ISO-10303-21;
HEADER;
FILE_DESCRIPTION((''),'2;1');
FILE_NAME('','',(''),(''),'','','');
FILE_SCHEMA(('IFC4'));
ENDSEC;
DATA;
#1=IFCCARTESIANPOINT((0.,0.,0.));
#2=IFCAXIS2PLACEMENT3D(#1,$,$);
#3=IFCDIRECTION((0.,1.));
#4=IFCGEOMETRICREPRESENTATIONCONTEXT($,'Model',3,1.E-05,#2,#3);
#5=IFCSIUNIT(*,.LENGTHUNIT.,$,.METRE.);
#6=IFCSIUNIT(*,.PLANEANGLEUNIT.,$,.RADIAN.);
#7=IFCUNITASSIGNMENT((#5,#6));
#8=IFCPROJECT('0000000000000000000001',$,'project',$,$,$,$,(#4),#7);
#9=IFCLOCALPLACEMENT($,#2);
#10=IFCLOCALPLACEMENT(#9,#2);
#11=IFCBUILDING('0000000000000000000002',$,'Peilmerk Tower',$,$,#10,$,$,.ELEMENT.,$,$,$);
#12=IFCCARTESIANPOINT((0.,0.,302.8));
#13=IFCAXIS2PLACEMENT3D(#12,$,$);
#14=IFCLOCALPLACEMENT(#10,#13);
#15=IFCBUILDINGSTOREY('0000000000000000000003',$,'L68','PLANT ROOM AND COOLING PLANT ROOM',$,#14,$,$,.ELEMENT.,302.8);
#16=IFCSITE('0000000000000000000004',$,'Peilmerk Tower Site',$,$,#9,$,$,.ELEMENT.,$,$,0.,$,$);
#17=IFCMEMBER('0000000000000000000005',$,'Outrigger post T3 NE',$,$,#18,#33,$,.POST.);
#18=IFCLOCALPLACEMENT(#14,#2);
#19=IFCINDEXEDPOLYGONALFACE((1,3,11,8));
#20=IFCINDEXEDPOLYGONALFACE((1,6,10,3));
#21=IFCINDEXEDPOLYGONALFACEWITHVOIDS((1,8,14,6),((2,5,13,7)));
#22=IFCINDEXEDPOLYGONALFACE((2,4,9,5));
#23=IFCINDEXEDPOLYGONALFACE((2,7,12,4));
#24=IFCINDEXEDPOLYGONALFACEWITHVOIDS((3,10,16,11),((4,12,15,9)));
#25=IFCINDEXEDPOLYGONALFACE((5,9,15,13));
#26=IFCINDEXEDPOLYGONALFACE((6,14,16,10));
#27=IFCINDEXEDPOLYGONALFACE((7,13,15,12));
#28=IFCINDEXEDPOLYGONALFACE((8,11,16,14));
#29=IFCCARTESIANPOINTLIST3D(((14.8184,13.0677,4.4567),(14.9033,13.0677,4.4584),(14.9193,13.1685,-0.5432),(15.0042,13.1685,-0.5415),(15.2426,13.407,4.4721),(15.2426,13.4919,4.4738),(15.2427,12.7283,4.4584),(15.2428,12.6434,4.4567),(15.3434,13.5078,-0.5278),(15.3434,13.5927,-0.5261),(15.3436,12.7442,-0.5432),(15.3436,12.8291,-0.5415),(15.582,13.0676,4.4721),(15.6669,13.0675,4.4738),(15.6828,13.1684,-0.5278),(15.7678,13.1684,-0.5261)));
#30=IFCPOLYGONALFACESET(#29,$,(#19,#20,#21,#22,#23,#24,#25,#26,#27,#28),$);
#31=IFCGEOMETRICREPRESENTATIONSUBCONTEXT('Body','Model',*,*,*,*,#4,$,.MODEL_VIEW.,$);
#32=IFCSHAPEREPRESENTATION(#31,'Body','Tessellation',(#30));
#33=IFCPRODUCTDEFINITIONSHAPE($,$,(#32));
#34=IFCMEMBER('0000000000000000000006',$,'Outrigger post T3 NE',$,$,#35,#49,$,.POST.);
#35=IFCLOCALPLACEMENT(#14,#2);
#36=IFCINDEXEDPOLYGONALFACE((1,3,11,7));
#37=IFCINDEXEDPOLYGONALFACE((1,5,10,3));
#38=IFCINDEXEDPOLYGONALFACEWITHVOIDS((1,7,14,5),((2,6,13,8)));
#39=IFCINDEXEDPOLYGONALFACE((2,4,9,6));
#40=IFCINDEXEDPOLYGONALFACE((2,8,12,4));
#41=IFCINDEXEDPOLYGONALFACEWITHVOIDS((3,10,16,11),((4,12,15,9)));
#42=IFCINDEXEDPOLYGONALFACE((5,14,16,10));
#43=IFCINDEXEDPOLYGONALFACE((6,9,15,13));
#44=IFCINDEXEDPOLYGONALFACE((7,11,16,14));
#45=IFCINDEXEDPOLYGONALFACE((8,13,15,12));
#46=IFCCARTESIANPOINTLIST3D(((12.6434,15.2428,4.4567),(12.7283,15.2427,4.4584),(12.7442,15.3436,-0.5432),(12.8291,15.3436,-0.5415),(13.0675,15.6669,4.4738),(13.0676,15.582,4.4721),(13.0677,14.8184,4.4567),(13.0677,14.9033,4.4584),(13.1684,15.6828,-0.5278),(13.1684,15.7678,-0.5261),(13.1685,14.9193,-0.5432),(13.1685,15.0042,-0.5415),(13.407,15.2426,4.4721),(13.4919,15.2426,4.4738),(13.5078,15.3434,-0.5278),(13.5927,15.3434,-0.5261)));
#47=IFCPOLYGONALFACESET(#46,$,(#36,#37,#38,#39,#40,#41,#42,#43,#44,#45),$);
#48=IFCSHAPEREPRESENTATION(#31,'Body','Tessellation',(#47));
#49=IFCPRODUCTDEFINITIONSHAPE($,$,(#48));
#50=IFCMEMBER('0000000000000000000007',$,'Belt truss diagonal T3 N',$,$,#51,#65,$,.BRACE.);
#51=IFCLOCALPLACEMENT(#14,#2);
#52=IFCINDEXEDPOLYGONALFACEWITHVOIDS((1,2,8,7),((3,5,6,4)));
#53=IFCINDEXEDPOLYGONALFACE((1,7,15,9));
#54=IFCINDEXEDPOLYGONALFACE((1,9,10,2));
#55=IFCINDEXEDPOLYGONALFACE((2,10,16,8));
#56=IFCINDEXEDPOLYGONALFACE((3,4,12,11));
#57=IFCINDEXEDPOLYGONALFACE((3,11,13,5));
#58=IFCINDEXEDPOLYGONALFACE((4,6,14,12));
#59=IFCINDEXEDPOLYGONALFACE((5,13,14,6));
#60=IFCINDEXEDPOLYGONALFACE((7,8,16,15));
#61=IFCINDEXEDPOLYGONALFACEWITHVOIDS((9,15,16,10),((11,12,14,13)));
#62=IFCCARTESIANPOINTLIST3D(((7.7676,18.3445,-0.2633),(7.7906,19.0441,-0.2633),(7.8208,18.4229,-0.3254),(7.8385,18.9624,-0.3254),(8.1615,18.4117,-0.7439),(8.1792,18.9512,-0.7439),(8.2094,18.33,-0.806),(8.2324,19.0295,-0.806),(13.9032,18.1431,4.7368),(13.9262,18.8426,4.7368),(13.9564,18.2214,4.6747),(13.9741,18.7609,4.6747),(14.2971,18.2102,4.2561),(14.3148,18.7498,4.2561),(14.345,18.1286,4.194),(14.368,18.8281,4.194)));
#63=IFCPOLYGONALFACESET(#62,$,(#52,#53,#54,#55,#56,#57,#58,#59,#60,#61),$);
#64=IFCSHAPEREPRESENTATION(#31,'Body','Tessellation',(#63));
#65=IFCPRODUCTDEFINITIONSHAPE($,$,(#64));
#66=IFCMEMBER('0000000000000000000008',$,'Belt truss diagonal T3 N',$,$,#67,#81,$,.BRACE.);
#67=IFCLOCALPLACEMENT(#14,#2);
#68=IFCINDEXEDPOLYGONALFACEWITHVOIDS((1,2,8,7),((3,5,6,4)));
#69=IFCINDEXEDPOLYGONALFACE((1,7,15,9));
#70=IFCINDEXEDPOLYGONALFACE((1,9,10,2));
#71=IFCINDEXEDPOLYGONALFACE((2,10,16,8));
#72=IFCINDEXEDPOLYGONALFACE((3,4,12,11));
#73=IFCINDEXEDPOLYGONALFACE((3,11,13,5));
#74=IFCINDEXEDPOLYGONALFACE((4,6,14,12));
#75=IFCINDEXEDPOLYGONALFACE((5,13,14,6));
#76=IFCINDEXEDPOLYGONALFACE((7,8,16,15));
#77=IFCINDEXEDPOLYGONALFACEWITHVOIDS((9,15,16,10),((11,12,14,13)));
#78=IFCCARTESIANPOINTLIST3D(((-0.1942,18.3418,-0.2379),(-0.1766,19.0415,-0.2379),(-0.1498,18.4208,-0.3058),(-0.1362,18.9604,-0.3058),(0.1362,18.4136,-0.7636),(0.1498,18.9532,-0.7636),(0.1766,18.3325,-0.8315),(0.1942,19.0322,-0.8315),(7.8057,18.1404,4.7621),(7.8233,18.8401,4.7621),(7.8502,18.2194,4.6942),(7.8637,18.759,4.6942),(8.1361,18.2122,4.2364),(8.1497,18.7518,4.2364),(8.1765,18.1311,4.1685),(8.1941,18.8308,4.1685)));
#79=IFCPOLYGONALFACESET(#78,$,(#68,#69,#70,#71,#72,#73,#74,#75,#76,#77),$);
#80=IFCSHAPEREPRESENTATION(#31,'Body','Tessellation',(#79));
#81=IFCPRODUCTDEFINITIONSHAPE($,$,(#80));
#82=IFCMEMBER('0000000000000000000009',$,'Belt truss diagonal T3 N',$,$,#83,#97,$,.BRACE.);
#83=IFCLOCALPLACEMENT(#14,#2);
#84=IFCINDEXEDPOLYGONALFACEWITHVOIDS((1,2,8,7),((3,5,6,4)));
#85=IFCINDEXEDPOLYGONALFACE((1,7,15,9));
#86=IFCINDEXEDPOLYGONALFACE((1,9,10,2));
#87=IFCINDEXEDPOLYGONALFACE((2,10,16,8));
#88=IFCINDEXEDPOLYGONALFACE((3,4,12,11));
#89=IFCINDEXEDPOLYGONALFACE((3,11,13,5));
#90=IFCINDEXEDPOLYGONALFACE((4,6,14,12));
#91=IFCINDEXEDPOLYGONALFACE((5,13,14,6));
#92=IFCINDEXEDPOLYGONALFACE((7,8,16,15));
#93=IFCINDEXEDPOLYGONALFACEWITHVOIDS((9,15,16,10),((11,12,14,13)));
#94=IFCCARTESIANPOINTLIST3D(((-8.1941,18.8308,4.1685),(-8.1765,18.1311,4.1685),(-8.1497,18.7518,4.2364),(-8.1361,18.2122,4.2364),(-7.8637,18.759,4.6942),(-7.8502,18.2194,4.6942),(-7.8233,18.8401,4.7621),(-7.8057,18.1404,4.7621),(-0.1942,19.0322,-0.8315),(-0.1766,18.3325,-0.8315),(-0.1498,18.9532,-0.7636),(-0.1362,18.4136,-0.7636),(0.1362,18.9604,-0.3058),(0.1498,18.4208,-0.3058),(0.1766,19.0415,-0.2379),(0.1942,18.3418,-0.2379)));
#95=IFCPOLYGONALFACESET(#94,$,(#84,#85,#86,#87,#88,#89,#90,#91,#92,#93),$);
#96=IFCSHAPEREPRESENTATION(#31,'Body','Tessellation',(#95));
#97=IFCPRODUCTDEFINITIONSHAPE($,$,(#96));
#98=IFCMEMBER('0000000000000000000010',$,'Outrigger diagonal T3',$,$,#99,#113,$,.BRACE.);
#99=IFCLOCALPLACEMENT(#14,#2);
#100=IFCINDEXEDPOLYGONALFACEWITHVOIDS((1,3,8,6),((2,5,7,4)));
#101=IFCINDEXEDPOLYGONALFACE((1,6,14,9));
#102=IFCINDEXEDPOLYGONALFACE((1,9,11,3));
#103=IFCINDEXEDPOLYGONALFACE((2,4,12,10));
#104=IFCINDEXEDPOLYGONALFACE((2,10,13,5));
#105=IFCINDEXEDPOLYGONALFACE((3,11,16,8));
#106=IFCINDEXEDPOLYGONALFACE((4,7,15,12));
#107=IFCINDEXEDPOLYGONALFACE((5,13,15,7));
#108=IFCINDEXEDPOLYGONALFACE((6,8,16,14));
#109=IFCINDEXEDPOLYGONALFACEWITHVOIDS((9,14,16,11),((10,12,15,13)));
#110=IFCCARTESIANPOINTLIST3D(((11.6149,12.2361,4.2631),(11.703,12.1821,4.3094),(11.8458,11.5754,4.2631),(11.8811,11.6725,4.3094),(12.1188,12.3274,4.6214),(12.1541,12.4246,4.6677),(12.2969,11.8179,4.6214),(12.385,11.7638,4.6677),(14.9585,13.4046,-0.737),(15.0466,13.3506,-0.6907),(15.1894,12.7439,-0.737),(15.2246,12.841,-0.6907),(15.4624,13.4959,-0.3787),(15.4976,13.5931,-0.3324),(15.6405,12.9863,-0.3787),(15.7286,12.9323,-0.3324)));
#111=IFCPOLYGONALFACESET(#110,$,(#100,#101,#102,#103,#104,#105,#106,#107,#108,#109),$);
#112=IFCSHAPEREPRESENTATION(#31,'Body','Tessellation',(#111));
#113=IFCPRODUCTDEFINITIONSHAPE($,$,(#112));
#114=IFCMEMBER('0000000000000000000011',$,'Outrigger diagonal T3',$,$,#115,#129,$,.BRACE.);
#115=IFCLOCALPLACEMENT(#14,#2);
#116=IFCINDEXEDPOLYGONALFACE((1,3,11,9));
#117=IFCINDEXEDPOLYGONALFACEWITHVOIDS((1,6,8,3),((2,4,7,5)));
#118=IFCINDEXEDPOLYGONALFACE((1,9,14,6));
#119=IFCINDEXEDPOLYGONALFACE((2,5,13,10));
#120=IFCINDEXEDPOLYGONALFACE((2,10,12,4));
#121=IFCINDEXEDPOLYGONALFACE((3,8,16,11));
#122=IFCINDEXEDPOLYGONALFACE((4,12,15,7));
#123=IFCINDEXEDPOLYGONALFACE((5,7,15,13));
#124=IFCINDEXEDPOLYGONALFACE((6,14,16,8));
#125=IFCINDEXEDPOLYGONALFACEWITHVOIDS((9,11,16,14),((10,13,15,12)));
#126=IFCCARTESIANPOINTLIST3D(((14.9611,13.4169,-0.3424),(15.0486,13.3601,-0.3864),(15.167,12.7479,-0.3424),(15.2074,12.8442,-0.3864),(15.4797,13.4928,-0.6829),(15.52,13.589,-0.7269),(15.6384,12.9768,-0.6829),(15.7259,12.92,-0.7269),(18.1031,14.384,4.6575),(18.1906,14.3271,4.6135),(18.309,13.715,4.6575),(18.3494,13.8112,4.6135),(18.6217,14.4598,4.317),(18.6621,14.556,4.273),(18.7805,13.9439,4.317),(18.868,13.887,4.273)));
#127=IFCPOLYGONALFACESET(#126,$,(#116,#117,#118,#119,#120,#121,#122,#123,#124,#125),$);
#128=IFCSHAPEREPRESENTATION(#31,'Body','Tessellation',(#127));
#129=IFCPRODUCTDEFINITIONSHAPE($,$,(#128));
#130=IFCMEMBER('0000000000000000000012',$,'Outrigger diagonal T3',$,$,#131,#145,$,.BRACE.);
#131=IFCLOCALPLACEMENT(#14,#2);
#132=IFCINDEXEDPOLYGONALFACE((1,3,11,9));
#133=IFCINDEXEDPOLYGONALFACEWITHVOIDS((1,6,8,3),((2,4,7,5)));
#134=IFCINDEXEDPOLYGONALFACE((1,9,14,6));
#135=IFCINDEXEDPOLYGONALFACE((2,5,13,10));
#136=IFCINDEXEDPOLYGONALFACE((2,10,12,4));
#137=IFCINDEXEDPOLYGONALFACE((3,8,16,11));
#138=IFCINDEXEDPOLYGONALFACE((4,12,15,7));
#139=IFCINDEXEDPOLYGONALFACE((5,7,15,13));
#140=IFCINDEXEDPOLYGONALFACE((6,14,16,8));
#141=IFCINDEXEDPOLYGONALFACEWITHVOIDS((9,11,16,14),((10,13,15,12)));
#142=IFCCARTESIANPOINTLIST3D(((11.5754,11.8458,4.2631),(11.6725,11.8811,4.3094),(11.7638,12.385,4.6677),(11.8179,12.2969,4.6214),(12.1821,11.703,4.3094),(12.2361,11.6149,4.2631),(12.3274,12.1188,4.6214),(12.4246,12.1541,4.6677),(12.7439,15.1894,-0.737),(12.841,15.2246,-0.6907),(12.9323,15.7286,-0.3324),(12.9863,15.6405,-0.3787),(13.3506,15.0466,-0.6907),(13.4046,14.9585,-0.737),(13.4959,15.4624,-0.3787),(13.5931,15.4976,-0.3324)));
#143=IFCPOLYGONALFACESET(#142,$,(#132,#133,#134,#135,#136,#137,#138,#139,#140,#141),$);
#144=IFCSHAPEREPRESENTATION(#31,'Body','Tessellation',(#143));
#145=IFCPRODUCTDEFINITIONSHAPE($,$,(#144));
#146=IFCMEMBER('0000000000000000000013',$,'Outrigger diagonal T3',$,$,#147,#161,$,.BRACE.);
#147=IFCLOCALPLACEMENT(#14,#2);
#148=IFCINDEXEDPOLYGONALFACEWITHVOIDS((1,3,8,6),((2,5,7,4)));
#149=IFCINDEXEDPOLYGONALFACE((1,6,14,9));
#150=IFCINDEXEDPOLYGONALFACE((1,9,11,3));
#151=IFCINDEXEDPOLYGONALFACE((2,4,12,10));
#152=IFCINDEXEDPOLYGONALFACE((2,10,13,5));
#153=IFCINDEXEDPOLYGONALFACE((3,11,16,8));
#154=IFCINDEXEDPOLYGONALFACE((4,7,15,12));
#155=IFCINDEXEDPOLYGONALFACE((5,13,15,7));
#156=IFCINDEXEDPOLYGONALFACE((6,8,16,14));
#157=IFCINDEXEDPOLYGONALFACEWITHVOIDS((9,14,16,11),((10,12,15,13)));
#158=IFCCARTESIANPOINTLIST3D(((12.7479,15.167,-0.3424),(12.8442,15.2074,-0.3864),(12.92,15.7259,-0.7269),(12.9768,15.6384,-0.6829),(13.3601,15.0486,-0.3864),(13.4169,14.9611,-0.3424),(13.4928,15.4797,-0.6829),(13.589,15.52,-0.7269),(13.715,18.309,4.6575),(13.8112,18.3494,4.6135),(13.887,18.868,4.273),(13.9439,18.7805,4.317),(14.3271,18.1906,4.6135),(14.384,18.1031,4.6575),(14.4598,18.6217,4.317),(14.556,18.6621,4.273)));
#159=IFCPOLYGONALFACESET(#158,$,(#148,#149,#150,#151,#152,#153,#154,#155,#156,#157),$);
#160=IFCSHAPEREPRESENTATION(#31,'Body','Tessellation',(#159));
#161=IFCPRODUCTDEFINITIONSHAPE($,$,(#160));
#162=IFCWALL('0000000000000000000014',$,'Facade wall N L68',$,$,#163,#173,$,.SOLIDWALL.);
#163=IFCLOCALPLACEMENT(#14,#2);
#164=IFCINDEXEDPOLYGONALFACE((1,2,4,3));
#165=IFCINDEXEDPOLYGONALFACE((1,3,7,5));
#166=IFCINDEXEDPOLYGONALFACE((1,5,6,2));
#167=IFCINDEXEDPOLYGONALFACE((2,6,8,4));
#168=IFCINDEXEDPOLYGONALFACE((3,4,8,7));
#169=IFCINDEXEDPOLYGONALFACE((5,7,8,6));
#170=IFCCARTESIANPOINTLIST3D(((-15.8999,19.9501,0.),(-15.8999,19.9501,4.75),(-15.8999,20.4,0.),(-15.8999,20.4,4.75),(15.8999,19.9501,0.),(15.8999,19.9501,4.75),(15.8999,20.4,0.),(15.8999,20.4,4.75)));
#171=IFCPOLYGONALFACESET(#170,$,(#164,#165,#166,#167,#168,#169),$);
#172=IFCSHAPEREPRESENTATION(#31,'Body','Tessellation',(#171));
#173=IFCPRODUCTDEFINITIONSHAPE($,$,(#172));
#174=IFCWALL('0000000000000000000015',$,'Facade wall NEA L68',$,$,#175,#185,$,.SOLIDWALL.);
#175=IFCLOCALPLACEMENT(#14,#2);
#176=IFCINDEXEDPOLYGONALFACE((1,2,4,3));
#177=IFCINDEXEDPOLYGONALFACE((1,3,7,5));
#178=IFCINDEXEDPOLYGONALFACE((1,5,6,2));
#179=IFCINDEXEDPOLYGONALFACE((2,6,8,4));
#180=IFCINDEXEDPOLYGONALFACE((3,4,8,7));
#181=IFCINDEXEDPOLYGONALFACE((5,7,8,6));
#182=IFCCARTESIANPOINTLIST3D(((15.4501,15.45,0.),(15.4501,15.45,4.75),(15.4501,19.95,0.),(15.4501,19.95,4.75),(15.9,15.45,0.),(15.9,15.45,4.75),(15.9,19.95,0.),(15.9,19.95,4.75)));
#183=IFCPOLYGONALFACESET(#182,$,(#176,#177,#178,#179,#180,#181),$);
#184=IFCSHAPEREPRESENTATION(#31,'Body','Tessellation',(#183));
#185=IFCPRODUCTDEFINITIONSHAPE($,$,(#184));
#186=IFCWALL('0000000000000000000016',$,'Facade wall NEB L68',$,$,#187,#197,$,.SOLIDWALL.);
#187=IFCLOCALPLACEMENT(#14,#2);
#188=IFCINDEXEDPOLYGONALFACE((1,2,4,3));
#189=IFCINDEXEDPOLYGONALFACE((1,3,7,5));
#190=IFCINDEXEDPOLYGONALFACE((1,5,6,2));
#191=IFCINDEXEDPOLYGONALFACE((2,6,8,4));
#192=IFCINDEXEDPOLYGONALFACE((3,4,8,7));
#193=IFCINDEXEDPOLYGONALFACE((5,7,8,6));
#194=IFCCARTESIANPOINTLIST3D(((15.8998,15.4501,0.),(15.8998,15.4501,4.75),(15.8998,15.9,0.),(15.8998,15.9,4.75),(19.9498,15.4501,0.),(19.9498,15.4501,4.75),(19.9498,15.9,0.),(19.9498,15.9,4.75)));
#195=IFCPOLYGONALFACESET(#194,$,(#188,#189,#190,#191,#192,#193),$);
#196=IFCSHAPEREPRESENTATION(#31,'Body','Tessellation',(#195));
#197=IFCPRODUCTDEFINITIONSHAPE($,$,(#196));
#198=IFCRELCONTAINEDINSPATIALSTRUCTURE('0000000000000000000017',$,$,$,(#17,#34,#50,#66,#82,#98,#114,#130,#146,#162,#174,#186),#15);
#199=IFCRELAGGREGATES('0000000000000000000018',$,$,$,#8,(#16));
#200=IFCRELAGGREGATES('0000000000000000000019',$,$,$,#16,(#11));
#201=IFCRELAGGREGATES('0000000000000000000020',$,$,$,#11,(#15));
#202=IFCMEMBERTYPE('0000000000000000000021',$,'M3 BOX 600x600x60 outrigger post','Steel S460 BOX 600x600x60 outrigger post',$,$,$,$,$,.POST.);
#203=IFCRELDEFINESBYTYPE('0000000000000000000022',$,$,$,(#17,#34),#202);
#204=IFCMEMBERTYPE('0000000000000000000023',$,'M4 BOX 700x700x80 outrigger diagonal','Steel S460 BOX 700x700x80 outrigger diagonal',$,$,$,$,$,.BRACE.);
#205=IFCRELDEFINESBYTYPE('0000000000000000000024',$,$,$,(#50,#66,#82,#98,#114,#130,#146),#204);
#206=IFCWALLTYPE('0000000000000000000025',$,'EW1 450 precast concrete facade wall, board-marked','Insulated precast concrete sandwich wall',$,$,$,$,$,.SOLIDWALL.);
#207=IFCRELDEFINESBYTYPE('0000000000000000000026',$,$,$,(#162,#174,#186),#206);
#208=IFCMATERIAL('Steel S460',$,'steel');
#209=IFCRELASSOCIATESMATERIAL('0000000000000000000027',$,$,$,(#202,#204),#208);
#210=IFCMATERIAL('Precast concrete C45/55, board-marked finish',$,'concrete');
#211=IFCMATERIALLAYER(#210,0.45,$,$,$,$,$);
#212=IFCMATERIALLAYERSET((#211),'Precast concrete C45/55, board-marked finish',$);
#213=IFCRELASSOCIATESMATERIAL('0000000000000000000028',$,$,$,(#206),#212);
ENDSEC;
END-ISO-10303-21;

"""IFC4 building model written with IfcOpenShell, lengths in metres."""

from ifc_helpers import new_model, si_unit, direction, frame, frame_2d, origin, origin_2d, place, context, subcontext, project, spatial, rectangle, hollow_rectangle, extrude, material, layer, layer_set, material_profile, profile_set, type_object, element, save


model = new_model("IFC4")

# Units and contexts
model_context = context("Model", 3, precision=1e-05, world=origin(), true_north=direction((0.0, 1.0)))
body_context = subcontext(model_context, "Body", "Model", "MODEL_VIEW")
ifc_project = project(units=[si_unit("LENGTHUNIT", "METRE"), si_unit("PLANEANGLEUNIT", "RADIAN")], contexts=[model_context])

# Site, building, storey
site_placement = place(None, origin())
site = spatial("IfcSite", under=ifc_project, at=site_placement, Name="Peilmerk Tower Site", CompositionType="ELEMENT", RefElevation=0.0)
building_placement = place(site_placement, origin())
building = spatial("IfcBuilding", under=site, at=building_placement, Name="Peilmerk Tower", CompositionType="ELEMENT")
storey_placement = place(building_placement, frame((0.0, 0.0, 302.8)))
storey = spatial("IfcBuildingStorey", under=building, at=storey_placement, Name="L68", Description="PLANT ROOM AND COOLING PLANT ROOM", CompositionType="ELEMENT", Elevation=302.8)

# Shared definitions
ifc_material_1 = material(Name="Steel S460", Category="steel")

# Members
ifc_material_profile_1 = material_profile(ifc_material_1, hollow_rectangle(XDim=0.6001, YDim=0.6001, WallThickness=0.0601, at=origin_2d()), Name="BOX 600x600x60")
ifc_profile_set_1 = profile_set([ifc_material_profile_1], Name="Steel S460")
member_type_1 = type_object("IfcMemberType", Name="M3 BOX 600x600x60 outrigger post", Description="Steel S460 BOX 600x600x60 outrigger post", PredefinedType="POST", material=ifc_profile_set_1)
for number, where, z_axis, x_axis, name in (
    (1, (15.3435, 13.1685, -0.5347), (-0.020158, -0.020158, 0.999594), (0.707107, -0.707107, 0.0), "Outrigger post T3 NE"),
    (2, (13.1685, 15.3435, -0.5347), (-0.020158, -0.020158, 0.999594), (0.707107, -0.707107, 0.0), "Outrigger post T3 NE"),
):
    element("IfcMember", number, at=place(storey_placement, frame(where, z_axis=z_axis, x_axis=x_axis)), inside=storey, type_object=member_type_1, Name=name, PredefinedType="POST", context=body_context, shape_type="SweptSolid", body=[
        extrude(hollow_rectangle(XDim=0.6001, YDim=0.6001, WallThickness=0.0601, at=origin_2d()), origin(), (0.0, 0.0, 1.0), 5.002),
    ])
ifc_material_profile_2 = material_profile(ifc_material_1, hollow_rectangle(XDim=0.7, YDim=0.7, WallThickness=0.0801, at=origin_2d()), Name="BOX 700x700x80")
ifc_profile_set_2 = profile_set([ifc_material_profile_2], Name="Steel S460")
member_type_2 = type_object("IfcMemberType", Name="M4 BOX 700x700x80 outrigger diagonal", Description="Steel S460 BOX 700x700x80 outrigger diagonal", PredefinedType="BRACE", material=ifc_profile_set_2)
member_1_placement = place(storey_placement, frame((8.0, 18.687, -0.5347), z_axis=(0.77494, -0.02544, 0.631522), x_axis=(0.03281, 0.999462, 0.0)))
element("IfcMember", 3, at=member_1_placement, inside=storey, type_object=member_type_2, Name="Belt truss diagonal T3 N", PredefinedType="BRACE", context=body_context, shape_type="SweptSolid", body=[
    extrude(hollow_rectangle(XDim=0.7, YDim=0.7, WallThickness=0.0801, at=origin_2d()), origin(), (0.0, 0.0, 1.0), 7.9175),
])
for number, where, z_axis, x_axis, name in (
    (4, (0.0, 18.687, -0.5347), (0.847805, -0.021345, 0.529878), (0.025169, 0.999683, 0.0), "Belt truss diagonal T3 N"),
    (5, (0.0, 18.687, -0.5347), (-0.847805, -0.021345, 0.529878), (0.025169, -0.999683, 0.0), "Belt truss diagonal T3 N"),
):
    element("IfcMember", number, at=place(storey_placement, frame(where, z_axis=z_axis, x_axis=x_axis)), inside=storey, type_object=member_type_2, Name=name, PredefinedType="BRACE", context=body_context, shape_type="SweptSolid", body=[
        extrude(hollow_rectangle(XDim=0.7, YDim=0.7, WallThickness=0.0801, at=origin_2d()), origin(), (0.0, 0.0, 1.0), 9.436),
    ])
member_2_placement = place(storey_placement, frame((15.3435, 13.1685, -0.5347), z_axis=(-0.54567, -0.190696, 0.816014), x_axis=(0.329905, -0.944014, 0.0)))
element("IfcMember", 6, at=member_2_placement, inside=storey, type_object=member_type_2, Name="Outrigger diagonal T3", PredefinedType="BRACE", context=body_context, shape_type="SweptSolid", body=[
    extrude(hollow_rectangle(XDim=0.7, YDim=0.7, WallThickness=0.0801, at=origin_2d()), origin(), (0.0, 0.0, 1.0), 6.1274),
])
member_3_placement = place(storey_placement, frame((15.3435, 13.1685, -0.5347), z_axis=(0.525084, 0.161605, 0.835566), x_axis=(-0.294154, 0.955758, 0.0)))
element("IfcMember", 7, at=member_3_placement, inside=storey, type_object=member_type_2, Name="Outrigger diagonal T3", PredefinedType="BRACE", context=body_context, shape_type="SweptSolid", body=[
    extrude(hollow_rectangle(XDim=0.7, YDim=0.7, WallThickness=0.0801, at=origin_2d()), origin(), (0.0, 0.0, 1.0), 5.9839),
])
member_4_placement = place(storey_placement, frame((13.1685, 15.3435, -0.5347), z_axis=(-0.190696, -0.54567, 0.816014), x_axis=(0.944014, -0.329905, 0.0)))
element("IfcMember", 8, at=member_4_placement, inside=storey, type_object=member_type_2, Name="Outrigger diagonal T3", PredefinedType="BRACE", context=body_context, shape_type="SweptSolid", body=[
    extrude(hollow_rectangle(XDim=0.7, YDim=0.7, WallThickness=0.0801, at=origin_2d()), origin(), (0.0, 0.0, 1.0), 6.1274),
])
member_5_placement = place(storey_placement, frame((13.1685, 15.3435, -0.5347), z_axis=(0.161605, 0.525084, 0.835566), x_axis=(-0.955758, 0.294154, 0.0)))
element("IfcMember", 9, at=member_5_placement, inside=storey, type_object=member_type_2, Name="Outrigger diagonal T3", PredefinedType="BRACE", context=body_context, shape_type="SweptSolid", body=[
    extrude(hollow_rectangle(XDim=0.7, YDim=0.7, WallThickness=0.0801, at=origin_2d()), origin(), (0.0, 0.0, 1.0), 5.9839),
])

# Walls
ifc_material_2 = material(Name="Precast concrete C45/55, board-marked finish", Category="concrete")
ifc_layer_1 = layer(ifc_material_2, 0.45)
ifc_layer_set_1 = layer_set([ifc_layer_1], Name="Precast concrete C45/55, board-marked finish")
wall_type_1 = type_object("IfcWallType", Name="EW1 450 precast concrete facade wall, board-marked", Description="Insulated precast concrete sandwich wall", PredefinedType="SOLIDWALL", material=ifc_layer_set_1)
wall_1_placement = place(storey_placement, frame((15.8999, 20.175, 0.0), z_axis=(0.0, 0.0, 1.0), x_axis=(-1.0, 0.0, 0.0)))
element("IfcWall", 10, at=wall_1_placement, inside=storey, type_object=wall_type_1, Name="Facade wall N L68", PredefinedType="SOLIDWALL", context=body_context, shape_type="SweptSolid", body=[
    extrude(rectangle(XDim=31.7998, YDim=0.45, at=frame_2d((15.8999, 0.0))), origin(), (0.0, 0.0, 1.0), 4.75),
])
wall_2_placement = place(storey_placement, frame((15.675, 15.45, 0.0), z_axis=(0.0, 0.0, 1.0), x_axis=(0.0, 1.0, 0.0)))
element("IfcWall", 11, at=wall_2_placement, inside=storey, type_object=wall_type_1, Name="Facade wall NEA L68", PredefinedType="SOLIDWALL", context=body_context, shape_type="SweptSolid", body=[
    extrude(rectangle(XDim=4.5, YDim=0.45, at=frame_2d((2.25, 0.0))), origin(), (0.0, 0.0, 1.0), 4.75),
])
wall_3_placement = place(storey_placement, frame((15.8999, 15.675, 0.0), z_axis=(0.0, 0.0, 1.0), x_axis=(1.0, 0.0, 0.0)))
element("IfcWall", 12, at=wall_3_placement, inside=storey, type_object=wall_type_1, Name="Facade wall NEB L68", PredefinedType="SOLIDWALL", context=body_context, shape_type="SweptSolid", body=[
    extrude(rectangle(XDim=4.05, YDim=0.45, at=frame_2d((2.0249, 0.0))), origin(), (0.0, 0.0, 1.0), 4.75),
])

save(model, "model.ifc")
